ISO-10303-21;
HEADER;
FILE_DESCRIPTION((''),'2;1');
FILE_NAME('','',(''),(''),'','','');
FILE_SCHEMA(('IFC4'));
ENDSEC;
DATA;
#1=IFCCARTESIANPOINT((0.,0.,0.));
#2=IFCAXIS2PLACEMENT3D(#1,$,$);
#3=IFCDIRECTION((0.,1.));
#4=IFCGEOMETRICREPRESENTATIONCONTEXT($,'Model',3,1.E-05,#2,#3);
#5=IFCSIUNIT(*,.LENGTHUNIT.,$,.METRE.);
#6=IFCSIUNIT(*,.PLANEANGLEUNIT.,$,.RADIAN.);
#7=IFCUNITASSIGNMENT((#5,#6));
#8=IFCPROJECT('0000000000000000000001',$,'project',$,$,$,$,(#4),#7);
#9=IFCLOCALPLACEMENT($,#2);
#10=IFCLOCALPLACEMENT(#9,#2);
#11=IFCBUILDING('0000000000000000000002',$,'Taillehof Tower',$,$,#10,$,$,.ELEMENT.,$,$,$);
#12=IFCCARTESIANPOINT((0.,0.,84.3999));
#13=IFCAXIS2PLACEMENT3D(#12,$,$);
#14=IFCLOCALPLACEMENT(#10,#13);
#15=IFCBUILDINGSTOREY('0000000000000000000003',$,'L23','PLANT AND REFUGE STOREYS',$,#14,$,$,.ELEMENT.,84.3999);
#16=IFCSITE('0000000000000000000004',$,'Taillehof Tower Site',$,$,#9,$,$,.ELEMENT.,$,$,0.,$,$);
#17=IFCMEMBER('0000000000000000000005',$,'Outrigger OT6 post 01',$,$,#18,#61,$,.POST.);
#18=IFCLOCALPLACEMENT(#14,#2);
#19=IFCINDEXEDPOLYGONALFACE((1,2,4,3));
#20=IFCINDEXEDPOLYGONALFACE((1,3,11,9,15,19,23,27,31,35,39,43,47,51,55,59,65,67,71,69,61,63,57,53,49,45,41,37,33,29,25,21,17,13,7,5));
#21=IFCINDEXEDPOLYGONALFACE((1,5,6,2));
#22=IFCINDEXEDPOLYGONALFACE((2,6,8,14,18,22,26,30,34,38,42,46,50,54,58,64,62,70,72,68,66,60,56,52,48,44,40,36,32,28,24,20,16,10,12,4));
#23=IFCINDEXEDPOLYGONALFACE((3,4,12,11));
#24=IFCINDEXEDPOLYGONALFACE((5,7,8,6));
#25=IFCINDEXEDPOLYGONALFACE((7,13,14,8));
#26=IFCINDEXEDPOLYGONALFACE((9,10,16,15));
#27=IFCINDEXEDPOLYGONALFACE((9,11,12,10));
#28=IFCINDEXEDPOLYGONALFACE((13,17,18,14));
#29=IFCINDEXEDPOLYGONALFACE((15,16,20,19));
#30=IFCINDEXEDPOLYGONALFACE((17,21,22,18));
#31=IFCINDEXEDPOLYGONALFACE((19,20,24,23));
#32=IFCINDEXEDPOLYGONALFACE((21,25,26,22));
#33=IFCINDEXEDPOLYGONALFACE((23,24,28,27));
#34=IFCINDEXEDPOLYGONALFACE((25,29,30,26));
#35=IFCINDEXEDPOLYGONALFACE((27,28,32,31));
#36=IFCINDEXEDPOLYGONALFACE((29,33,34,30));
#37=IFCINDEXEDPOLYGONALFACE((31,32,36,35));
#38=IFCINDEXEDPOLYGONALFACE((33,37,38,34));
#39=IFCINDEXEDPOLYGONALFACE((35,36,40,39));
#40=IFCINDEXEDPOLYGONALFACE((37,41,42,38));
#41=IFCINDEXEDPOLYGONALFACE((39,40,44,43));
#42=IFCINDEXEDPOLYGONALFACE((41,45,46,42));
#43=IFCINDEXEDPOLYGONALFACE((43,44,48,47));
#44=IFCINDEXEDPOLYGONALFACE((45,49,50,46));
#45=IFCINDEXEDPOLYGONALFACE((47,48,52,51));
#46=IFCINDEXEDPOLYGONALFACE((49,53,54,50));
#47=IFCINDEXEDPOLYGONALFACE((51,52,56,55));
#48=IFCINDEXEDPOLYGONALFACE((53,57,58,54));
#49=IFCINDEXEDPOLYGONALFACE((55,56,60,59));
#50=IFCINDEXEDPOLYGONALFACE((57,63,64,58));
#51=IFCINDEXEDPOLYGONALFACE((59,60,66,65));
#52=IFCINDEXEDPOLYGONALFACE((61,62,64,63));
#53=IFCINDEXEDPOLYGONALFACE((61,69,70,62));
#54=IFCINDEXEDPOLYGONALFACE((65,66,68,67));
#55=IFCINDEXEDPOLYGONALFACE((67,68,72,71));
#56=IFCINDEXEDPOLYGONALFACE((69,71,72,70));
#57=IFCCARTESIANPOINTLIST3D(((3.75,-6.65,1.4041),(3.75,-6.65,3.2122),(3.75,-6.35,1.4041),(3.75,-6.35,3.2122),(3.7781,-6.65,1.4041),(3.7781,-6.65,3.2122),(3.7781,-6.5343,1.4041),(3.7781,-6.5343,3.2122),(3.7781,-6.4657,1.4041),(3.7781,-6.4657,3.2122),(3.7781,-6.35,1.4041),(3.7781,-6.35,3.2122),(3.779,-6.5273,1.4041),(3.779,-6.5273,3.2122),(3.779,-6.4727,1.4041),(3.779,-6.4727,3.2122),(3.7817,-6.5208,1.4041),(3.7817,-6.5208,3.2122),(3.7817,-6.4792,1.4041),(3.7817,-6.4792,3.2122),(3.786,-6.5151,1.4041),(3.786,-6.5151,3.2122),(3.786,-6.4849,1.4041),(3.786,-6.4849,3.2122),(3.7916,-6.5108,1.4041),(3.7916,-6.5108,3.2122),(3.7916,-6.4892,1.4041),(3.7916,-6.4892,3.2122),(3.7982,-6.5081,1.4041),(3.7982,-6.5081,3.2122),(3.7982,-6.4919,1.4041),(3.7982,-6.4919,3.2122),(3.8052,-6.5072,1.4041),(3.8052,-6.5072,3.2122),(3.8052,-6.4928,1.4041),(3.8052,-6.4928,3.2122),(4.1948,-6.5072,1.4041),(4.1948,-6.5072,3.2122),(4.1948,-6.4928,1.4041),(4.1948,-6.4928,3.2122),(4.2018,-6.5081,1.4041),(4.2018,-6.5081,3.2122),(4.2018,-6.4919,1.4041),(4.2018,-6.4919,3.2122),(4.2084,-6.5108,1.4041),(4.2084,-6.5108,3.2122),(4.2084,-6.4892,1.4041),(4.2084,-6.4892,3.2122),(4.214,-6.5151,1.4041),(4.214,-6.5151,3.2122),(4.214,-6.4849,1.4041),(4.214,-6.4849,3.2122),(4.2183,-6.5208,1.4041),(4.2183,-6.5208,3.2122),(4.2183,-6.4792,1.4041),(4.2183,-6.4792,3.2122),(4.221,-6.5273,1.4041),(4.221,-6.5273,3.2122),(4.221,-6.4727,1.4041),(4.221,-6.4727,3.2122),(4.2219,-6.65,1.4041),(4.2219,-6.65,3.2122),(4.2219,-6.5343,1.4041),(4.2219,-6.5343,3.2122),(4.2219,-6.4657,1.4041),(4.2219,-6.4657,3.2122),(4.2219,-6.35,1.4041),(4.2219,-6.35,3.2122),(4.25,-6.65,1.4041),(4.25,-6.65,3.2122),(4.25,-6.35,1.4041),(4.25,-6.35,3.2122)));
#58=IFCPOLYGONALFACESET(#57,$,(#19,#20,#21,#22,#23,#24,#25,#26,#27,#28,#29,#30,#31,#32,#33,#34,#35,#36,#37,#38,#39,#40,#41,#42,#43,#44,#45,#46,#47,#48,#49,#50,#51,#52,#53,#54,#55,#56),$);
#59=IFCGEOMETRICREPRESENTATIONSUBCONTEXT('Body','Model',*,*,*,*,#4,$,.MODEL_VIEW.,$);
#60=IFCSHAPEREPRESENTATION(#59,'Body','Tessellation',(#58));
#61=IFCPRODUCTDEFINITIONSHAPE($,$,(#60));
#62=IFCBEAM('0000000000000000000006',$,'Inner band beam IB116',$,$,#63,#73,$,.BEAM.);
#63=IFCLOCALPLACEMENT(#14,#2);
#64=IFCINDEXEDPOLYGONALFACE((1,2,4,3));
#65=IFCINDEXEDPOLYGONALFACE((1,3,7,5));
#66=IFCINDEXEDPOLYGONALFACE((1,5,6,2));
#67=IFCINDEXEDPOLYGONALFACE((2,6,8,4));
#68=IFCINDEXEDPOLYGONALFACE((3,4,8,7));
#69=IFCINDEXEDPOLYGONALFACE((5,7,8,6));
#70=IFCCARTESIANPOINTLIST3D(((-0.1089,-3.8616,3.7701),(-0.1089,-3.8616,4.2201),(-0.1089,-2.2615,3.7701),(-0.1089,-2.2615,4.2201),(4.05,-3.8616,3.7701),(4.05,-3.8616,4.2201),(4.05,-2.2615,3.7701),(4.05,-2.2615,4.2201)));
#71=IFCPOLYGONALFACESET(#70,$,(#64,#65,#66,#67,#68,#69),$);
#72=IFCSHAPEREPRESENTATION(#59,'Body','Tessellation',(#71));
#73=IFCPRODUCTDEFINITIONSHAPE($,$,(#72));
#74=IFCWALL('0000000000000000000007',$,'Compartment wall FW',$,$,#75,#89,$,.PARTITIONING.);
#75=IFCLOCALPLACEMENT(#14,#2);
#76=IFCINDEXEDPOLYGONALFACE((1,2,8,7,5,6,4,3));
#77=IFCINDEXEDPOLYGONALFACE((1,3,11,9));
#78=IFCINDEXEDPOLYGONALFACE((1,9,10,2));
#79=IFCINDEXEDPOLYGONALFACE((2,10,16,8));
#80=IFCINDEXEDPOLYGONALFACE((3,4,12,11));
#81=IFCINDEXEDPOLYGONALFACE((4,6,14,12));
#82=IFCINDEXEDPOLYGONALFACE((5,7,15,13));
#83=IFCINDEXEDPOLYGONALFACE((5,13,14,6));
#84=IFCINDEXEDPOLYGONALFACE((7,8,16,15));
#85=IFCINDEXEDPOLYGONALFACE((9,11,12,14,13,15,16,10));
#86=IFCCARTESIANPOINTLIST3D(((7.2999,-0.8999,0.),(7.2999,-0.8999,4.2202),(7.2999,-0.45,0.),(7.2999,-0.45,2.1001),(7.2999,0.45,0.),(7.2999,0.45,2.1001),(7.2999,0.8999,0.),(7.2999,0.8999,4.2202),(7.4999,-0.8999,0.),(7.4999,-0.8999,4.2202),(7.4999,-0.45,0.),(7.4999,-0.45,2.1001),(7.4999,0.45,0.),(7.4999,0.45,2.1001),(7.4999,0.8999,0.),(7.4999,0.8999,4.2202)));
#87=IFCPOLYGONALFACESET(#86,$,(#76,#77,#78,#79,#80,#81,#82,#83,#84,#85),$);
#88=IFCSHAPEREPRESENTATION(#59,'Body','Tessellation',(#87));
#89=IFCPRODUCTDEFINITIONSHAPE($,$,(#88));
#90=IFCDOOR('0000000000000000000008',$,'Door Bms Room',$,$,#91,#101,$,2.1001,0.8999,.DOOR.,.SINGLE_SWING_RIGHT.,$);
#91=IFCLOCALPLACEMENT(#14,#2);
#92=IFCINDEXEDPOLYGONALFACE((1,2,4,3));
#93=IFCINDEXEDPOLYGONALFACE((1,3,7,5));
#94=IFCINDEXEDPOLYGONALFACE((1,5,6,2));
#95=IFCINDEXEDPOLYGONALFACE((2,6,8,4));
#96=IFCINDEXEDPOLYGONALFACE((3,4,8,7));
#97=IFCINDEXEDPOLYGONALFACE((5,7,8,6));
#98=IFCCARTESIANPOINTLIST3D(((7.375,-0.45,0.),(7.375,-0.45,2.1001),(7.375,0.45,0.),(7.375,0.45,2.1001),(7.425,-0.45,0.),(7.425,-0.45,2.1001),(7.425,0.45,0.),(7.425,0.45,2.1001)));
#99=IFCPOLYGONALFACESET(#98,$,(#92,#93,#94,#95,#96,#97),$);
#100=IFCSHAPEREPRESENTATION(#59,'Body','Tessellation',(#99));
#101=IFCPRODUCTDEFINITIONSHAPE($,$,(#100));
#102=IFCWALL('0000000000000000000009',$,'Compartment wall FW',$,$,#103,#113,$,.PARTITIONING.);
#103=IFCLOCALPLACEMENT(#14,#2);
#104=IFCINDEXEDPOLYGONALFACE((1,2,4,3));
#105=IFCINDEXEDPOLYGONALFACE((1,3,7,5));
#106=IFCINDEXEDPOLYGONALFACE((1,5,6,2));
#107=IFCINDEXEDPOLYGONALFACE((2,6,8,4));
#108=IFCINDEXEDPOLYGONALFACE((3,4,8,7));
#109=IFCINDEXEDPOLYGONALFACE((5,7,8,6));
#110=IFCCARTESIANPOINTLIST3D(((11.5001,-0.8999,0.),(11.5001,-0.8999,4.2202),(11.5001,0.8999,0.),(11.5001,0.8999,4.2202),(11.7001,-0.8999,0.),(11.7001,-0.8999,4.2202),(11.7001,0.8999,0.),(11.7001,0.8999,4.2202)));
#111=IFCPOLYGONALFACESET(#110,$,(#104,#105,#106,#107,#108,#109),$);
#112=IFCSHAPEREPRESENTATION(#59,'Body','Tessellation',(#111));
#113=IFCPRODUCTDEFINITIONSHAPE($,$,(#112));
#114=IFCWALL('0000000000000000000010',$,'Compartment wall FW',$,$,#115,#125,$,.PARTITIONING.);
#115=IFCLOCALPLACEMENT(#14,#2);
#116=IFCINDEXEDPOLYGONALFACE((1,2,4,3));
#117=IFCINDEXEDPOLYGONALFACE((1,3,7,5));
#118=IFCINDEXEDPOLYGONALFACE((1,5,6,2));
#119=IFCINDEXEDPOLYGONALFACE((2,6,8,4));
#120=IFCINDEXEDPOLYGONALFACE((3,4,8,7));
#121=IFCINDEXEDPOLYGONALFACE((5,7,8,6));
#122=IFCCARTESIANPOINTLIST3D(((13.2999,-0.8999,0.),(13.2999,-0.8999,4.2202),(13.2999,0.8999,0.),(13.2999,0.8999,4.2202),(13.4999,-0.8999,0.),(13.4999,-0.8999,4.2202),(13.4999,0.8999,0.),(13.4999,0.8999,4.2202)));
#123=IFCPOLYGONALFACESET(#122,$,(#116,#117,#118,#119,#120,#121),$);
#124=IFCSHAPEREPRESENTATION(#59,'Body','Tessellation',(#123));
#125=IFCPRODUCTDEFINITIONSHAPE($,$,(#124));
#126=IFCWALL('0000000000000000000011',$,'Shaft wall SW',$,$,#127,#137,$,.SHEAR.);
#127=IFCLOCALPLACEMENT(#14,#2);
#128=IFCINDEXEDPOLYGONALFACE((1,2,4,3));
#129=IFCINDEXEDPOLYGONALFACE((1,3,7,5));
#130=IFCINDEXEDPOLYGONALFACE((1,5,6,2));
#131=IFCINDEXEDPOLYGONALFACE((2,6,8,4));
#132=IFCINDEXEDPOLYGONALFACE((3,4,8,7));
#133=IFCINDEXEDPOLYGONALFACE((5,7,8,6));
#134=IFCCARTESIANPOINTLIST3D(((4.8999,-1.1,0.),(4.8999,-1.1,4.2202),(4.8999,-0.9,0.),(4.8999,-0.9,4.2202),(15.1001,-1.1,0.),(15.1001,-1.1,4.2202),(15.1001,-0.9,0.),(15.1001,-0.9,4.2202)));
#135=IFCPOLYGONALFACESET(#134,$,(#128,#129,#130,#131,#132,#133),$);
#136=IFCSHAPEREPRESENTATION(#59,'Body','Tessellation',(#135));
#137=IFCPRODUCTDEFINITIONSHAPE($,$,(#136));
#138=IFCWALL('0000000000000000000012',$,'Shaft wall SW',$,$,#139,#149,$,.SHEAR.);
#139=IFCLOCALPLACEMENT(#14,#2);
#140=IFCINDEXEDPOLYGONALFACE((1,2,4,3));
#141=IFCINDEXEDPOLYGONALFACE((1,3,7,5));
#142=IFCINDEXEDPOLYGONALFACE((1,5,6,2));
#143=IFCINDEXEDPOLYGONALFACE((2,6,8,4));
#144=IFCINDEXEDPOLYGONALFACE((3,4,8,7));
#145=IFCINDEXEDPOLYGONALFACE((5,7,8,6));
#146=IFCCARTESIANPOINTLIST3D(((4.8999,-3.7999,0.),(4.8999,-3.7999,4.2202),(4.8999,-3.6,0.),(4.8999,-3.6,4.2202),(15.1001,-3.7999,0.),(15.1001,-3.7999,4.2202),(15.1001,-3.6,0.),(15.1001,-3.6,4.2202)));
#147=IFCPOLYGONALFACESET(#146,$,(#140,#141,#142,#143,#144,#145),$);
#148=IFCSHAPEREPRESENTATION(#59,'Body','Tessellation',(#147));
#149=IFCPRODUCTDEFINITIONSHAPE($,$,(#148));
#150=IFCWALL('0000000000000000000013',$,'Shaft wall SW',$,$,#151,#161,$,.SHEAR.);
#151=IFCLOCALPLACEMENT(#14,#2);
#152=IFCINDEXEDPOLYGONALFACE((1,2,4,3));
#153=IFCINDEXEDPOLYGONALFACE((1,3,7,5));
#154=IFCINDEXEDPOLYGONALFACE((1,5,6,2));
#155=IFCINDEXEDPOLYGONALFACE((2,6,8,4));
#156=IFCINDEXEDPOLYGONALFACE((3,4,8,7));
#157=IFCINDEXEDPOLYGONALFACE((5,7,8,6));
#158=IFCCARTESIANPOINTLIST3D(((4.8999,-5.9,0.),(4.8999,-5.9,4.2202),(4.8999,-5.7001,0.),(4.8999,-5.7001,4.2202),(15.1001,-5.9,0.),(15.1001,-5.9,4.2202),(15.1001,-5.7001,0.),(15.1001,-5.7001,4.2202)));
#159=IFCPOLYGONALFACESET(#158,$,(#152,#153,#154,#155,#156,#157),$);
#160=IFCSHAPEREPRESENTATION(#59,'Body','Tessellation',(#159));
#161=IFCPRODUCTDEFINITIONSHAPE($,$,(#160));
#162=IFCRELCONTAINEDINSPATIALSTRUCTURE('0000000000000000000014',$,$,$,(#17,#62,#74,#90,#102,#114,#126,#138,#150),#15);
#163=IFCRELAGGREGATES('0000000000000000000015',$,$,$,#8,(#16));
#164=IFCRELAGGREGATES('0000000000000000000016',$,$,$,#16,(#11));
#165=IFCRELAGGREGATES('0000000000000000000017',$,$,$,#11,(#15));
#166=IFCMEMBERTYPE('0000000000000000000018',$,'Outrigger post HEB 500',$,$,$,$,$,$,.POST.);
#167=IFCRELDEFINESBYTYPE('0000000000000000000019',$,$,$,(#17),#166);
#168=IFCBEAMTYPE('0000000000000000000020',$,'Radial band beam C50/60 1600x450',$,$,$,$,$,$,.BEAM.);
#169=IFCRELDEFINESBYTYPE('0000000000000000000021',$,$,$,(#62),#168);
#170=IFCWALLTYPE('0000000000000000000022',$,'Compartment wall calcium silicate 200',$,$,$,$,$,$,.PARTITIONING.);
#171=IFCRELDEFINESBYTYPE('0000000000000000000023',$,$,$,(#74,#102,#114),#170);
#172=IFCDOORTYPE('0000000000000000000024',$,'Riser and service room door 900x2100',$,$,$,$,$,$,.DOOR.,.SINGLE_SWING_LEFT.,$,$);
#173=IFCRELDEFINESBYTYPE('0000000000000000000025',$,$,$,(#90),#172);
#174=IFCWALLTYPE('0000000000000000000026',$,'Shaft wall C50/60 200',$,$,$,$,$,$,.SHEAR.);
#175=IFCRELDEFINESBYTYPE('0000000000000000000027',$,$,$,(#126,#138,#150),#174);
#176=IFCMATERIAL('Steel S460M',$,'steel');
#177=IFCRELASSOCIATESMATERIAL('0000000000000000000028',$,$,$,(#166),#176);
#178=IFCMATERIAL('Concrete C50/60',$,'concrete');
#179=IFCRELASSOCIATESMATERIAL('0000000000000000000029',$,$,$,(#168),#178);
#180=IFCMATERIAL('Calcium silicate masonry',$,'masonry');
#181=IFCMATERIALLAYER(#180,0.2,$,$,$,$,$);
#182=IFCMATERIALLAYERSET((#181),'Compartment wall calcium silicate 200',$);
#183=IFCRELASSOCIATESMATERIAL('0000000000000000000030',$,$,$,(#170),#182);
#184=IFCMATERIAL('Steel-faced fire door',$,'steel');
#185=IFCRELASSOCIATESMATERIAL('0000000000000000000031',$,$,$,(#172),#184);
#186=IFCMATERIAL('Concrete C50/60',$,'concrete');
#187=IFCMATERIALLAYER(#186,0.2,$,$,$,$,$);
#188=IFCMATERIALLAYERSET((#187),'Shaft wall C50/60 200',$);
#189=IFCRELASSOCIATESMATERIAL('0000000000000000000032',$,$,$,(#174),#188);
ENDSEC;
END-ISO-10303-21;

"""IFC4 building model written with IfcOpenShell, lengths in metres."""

from ifc_helpers import new_model, si_unit, direction, frame, frame_2d, origin, origin_2d, place, context, subcontext, project, spatial, rectangle, i_section, extrude, material, layer, layer_set, material_profile, profile_set, type_object, element, fill, save


model = new_model("IFC4")

# Units and contexts
model_context = context("Model", 3, precision=1e-05, world=origin(), true_north=direction((0.0, 1.0)))
body_context = subcontext(model_context, "Body", "Model", "MODEL_VIEW")
ifc_project = project(units=[si_unit("LENGTHUNIT", "METRE"), si_unit("PLANEANGLEUNIT", "RADIAN")], contexts=[model_context])

# Site, building, storey
site_placement = place(None, origin())
site = spatial("IfcSite", under=ifc_project, at=site_placement, Name="Taillehof Tower Site", CompositionType="ELEMENT", RefElevation=0.0)
building_placement = place(site_placement, origin())
building = spatial("IfcBuilding", under=site, at=building_placement, Name="Taillehof Tower", CompositionType="ELEMENT")
storey_placement = place(building_placement, frame((0.0, 0.0, 84.3999)))
storey = spatial("IfcBuildingStorey", under=building, at=storey_placement, Name="L23", Description="PLANT AND REFUGE STOREYS", CompositionType="ELEMENT", Elevation=84.3999)

# Member
ifc_material_1 = material(Name="Steel S460M", Category="steel")
ifc_material_profile_1 = material_profile(ifc_material_1, i_section(OverallWidth=0.3, OverallDepth=0.5, WebThickness=0.0144, FlangeThickness=0.0281, FilletRadius=0.0271, at=origin_2d()), Name="HEB 500")
ifc_profile_set_1 = profile_set([ifc_material_profile_1], Name="Steel S460M")
member_type_1 = type_object("IfcMemberType", Name="Outrigger post HEB 500", PredefinedType="POST", material=ifc_profile_set_1)
member_1_placement = place(storey_placement, frame((4.0, -6.5, 1.4041), z_axis=(0.0, 0.0, 1.0), x_axis=(0.0, 1.0, 0.0)))
element("IfcMember", 1, at=member_1_placement, inside=storey, type_object=member_type_1, Name="Outrigger OT6 post 01", PredefinedType="POST", context=body_context, shape_type="SweptSolid", body=[
    extrude(i_section(OverallWidth=0.3, OverallDepth=0.5, WebThickness=0.0144, FlangeThickness=0.0281, FilletRadius=0.0271, at=origin_2d()), origin(), (0.0, 0.0, 1.0), 1.8081),
])

# Beam
ifc_material_2 = material(Name="Concrete C50/60", Category="concrete")
ifc_material_profile_2 = material_profile(ifc_material_2, rectangle(XDim=1.6001, YDim=0.45, at=origin_2d()), Name="RC 1600x450")
ifc_profile_set_2 = profile_set([ifc_material_profile_2], Name="Concrete C50/60")
beam_type = type_object("IfcBeamType", Name="Radial band beam C50/60 1600x450", PredefinedType="BEAM", material=ifc_profile_set_2)
beam_placement = place(storey_placement, frame((-0.1089, -3.0615, 3.9951), z_axis=(1.0, 0.0, 0.0), x_axis=(0.0, 1.0, 0.0)))
element("IfcBeam", 2, at=beam_placement, inside=storey, type_object=beam_type, Name="Inner band beam IB116", PredefinedType="BEAM", context=body_context, shape_type="SweptSolid", body=[
    extrude(rectangle(XDim=1.6001, YDim=0.45, at=origin_2d()), origin(), (0.0, 0.0, 1.0), 4.1589),
])

# Wall, opening, door
ifc_material_3 = material(Name="Calcium silicate masonry", Category="masonry")
ifc_layer_1 = layer(ifc_material_3, 0.2)
ifc_layer_set_1 = layer_set([ifc_layer_1], Name="Compartment wall calcium silicate 200")
wall_type_1 = type_object("IfcWallType", Name="Compartment wall calcium silicate 200", PredefinedType="PARTITIONING", material=ifc_layer_set_1)
wall_1_placement = place(storey_placement, frame((7.3999, -0.8999, 0.0), z_axis=(0.0, 0.0, 1.0), x_axis=(0.0, 1.0, 0.0)))
wall_1 = element("IfcWall", 3, at=wall_1_placement, inside=storey, type_object=wall_type_1, Name="Compartment wall FW", PredefinedType="PARTITIONING", context=body_context, shape_type="SweptSolid", body=[
    extrude(rectangle(XDim=1.7998, YDim=0.2, at=frame_2d((0.8999, 0.0))), origin(), (0.0, 0.0, 1.0), 4.2202),
])
opening_1_placement = place(wall_1_placement, frame((0.45, 0.0, 0.0)))
opening_1 = element("IfcOpeningElement", 4, at=opening_1_placement, cuts=wall_1, PredefinedType="OPENING", context=body_context, shape_type="SweptSolid", body=[
    extrude(rectangle(XDim=0.8999, YDim=2.1001, at=frame_2d((0.45, 1.05))), frame((0.0, 0.1099, 0.0), z_axis=(0.0, -1.0, 0.0), x_axis=(1.0, 0.0, 0.0)), (0.0, 0.0, 1.0), 0.22),
])
ifc_material_4 = material(Name="Steel-faced fire door", Category="steel")
door_type_1 = type_object("IfcDoorType", Name="Riser and service room door 900x2100", OperationType="SINGLE_SWING_LEFT", PredefinedType="DOOR", material=ifc_material_4)
door_1_placement = place(opening_1_placement, origin())
door_1 = element("IfcDoor", 5, at=door_1_placement, inside=storey, type_object=door_type_1, Name="Door Bms Room", OperationType="SINGLE_SWING_RIGHT", OverallHeight=2.1001, OverallWidth=0.8999, PredefinedType="DOOR", context=body_context, shape_type="SweptSolid", body=[
    extrude(rectangle(XDim=0.8999, YDim=2.1001, at=frame_2d((0.45, 1.05))), frame((0.0, 0.0249, 0.0), z_axis=(0.0, -1.0, 0.0), x_axis=(1.0, 0.0, 0.0)), (0.0, 0.0, 1.0), 0.05),
])
fill(opening_1, door_1)

# Walls
for number, where, z_axis, x_axis, name in (
    (6, (11.6001, -0.8999, 0.0), (0.0, 0.0, 1.0), (0.0, 1.0, 0.0), "Compartment wall FW"),
    (7, (13.3999, -0.8999, 0.0), (0.0, 0.0, 1.0), (0.0, 1.0, 0.0), "Compartment wall FW"),
):
    element("IfcWall", number, at=place(storey_placement, frame(where, z_axis=z_axis, x_axis=x_axis)), inside=storey, type_object=wall_type_1, Name=name, PredefinedType="PARTITIONING", context=body_context, shape_type="SweptSolid", body=[
        extrude(rectangle(XDim=1.7998, YDim=0.2, at=frame_2d((0.8999, 0.0))), origin(), (0.0, 0.0, 1.0), 4.2202),
    ])
ifc_material_5 = material(Name="Concrete C50/60", Category="concrete")
ifc_layer_2 = layer(ifc_material_5, 0.2)
ifc_layer_set_2 = layer_set([ifc_layer_2], Name="Shaft wall C50/60 200")
wall_type_2 = type_object("IfcWallType", Name="Shaft wall C50/60 200", PredefinedType="SHEAR", material=ifc_layer_set_2)
for number, where, z_axis, x_axis, name in (
    (8, (4.8999, -1.0, 0.0), (0.0, 0.0, 1.0), (1.0, 0.0, 0.0), "Shaft wall SW"),
    (9, (4.8999, -3.7, 0.0), (0.0, 0.0, 1.0), (1.0, 0.0, 0.0), "Shaft wall SW"),
    (10, (4.8999, -5.8, 0.0), (0.0, 0.0, 1.0), (1.0, 0.0, 0.0), "Shaft wall SW"),
):
    element("IfcWall", number, at=place(storey_placement, frame(where, z_axis=z_axis, x_axis=x_axis)), inside=storey, type_object=wall_type_2, Name=name, PredefinedType="SHEAR", context=body_context, shape_type="SweptSolid", body=[
        extrude(rectangle(XDim=10.2002, YDim=0.2, at=frame_2d((5.1001, 0.0))), origin(), (0.0, 0.0, 1.0), 4.2202),
    ])

save(model, "model.ifc")
